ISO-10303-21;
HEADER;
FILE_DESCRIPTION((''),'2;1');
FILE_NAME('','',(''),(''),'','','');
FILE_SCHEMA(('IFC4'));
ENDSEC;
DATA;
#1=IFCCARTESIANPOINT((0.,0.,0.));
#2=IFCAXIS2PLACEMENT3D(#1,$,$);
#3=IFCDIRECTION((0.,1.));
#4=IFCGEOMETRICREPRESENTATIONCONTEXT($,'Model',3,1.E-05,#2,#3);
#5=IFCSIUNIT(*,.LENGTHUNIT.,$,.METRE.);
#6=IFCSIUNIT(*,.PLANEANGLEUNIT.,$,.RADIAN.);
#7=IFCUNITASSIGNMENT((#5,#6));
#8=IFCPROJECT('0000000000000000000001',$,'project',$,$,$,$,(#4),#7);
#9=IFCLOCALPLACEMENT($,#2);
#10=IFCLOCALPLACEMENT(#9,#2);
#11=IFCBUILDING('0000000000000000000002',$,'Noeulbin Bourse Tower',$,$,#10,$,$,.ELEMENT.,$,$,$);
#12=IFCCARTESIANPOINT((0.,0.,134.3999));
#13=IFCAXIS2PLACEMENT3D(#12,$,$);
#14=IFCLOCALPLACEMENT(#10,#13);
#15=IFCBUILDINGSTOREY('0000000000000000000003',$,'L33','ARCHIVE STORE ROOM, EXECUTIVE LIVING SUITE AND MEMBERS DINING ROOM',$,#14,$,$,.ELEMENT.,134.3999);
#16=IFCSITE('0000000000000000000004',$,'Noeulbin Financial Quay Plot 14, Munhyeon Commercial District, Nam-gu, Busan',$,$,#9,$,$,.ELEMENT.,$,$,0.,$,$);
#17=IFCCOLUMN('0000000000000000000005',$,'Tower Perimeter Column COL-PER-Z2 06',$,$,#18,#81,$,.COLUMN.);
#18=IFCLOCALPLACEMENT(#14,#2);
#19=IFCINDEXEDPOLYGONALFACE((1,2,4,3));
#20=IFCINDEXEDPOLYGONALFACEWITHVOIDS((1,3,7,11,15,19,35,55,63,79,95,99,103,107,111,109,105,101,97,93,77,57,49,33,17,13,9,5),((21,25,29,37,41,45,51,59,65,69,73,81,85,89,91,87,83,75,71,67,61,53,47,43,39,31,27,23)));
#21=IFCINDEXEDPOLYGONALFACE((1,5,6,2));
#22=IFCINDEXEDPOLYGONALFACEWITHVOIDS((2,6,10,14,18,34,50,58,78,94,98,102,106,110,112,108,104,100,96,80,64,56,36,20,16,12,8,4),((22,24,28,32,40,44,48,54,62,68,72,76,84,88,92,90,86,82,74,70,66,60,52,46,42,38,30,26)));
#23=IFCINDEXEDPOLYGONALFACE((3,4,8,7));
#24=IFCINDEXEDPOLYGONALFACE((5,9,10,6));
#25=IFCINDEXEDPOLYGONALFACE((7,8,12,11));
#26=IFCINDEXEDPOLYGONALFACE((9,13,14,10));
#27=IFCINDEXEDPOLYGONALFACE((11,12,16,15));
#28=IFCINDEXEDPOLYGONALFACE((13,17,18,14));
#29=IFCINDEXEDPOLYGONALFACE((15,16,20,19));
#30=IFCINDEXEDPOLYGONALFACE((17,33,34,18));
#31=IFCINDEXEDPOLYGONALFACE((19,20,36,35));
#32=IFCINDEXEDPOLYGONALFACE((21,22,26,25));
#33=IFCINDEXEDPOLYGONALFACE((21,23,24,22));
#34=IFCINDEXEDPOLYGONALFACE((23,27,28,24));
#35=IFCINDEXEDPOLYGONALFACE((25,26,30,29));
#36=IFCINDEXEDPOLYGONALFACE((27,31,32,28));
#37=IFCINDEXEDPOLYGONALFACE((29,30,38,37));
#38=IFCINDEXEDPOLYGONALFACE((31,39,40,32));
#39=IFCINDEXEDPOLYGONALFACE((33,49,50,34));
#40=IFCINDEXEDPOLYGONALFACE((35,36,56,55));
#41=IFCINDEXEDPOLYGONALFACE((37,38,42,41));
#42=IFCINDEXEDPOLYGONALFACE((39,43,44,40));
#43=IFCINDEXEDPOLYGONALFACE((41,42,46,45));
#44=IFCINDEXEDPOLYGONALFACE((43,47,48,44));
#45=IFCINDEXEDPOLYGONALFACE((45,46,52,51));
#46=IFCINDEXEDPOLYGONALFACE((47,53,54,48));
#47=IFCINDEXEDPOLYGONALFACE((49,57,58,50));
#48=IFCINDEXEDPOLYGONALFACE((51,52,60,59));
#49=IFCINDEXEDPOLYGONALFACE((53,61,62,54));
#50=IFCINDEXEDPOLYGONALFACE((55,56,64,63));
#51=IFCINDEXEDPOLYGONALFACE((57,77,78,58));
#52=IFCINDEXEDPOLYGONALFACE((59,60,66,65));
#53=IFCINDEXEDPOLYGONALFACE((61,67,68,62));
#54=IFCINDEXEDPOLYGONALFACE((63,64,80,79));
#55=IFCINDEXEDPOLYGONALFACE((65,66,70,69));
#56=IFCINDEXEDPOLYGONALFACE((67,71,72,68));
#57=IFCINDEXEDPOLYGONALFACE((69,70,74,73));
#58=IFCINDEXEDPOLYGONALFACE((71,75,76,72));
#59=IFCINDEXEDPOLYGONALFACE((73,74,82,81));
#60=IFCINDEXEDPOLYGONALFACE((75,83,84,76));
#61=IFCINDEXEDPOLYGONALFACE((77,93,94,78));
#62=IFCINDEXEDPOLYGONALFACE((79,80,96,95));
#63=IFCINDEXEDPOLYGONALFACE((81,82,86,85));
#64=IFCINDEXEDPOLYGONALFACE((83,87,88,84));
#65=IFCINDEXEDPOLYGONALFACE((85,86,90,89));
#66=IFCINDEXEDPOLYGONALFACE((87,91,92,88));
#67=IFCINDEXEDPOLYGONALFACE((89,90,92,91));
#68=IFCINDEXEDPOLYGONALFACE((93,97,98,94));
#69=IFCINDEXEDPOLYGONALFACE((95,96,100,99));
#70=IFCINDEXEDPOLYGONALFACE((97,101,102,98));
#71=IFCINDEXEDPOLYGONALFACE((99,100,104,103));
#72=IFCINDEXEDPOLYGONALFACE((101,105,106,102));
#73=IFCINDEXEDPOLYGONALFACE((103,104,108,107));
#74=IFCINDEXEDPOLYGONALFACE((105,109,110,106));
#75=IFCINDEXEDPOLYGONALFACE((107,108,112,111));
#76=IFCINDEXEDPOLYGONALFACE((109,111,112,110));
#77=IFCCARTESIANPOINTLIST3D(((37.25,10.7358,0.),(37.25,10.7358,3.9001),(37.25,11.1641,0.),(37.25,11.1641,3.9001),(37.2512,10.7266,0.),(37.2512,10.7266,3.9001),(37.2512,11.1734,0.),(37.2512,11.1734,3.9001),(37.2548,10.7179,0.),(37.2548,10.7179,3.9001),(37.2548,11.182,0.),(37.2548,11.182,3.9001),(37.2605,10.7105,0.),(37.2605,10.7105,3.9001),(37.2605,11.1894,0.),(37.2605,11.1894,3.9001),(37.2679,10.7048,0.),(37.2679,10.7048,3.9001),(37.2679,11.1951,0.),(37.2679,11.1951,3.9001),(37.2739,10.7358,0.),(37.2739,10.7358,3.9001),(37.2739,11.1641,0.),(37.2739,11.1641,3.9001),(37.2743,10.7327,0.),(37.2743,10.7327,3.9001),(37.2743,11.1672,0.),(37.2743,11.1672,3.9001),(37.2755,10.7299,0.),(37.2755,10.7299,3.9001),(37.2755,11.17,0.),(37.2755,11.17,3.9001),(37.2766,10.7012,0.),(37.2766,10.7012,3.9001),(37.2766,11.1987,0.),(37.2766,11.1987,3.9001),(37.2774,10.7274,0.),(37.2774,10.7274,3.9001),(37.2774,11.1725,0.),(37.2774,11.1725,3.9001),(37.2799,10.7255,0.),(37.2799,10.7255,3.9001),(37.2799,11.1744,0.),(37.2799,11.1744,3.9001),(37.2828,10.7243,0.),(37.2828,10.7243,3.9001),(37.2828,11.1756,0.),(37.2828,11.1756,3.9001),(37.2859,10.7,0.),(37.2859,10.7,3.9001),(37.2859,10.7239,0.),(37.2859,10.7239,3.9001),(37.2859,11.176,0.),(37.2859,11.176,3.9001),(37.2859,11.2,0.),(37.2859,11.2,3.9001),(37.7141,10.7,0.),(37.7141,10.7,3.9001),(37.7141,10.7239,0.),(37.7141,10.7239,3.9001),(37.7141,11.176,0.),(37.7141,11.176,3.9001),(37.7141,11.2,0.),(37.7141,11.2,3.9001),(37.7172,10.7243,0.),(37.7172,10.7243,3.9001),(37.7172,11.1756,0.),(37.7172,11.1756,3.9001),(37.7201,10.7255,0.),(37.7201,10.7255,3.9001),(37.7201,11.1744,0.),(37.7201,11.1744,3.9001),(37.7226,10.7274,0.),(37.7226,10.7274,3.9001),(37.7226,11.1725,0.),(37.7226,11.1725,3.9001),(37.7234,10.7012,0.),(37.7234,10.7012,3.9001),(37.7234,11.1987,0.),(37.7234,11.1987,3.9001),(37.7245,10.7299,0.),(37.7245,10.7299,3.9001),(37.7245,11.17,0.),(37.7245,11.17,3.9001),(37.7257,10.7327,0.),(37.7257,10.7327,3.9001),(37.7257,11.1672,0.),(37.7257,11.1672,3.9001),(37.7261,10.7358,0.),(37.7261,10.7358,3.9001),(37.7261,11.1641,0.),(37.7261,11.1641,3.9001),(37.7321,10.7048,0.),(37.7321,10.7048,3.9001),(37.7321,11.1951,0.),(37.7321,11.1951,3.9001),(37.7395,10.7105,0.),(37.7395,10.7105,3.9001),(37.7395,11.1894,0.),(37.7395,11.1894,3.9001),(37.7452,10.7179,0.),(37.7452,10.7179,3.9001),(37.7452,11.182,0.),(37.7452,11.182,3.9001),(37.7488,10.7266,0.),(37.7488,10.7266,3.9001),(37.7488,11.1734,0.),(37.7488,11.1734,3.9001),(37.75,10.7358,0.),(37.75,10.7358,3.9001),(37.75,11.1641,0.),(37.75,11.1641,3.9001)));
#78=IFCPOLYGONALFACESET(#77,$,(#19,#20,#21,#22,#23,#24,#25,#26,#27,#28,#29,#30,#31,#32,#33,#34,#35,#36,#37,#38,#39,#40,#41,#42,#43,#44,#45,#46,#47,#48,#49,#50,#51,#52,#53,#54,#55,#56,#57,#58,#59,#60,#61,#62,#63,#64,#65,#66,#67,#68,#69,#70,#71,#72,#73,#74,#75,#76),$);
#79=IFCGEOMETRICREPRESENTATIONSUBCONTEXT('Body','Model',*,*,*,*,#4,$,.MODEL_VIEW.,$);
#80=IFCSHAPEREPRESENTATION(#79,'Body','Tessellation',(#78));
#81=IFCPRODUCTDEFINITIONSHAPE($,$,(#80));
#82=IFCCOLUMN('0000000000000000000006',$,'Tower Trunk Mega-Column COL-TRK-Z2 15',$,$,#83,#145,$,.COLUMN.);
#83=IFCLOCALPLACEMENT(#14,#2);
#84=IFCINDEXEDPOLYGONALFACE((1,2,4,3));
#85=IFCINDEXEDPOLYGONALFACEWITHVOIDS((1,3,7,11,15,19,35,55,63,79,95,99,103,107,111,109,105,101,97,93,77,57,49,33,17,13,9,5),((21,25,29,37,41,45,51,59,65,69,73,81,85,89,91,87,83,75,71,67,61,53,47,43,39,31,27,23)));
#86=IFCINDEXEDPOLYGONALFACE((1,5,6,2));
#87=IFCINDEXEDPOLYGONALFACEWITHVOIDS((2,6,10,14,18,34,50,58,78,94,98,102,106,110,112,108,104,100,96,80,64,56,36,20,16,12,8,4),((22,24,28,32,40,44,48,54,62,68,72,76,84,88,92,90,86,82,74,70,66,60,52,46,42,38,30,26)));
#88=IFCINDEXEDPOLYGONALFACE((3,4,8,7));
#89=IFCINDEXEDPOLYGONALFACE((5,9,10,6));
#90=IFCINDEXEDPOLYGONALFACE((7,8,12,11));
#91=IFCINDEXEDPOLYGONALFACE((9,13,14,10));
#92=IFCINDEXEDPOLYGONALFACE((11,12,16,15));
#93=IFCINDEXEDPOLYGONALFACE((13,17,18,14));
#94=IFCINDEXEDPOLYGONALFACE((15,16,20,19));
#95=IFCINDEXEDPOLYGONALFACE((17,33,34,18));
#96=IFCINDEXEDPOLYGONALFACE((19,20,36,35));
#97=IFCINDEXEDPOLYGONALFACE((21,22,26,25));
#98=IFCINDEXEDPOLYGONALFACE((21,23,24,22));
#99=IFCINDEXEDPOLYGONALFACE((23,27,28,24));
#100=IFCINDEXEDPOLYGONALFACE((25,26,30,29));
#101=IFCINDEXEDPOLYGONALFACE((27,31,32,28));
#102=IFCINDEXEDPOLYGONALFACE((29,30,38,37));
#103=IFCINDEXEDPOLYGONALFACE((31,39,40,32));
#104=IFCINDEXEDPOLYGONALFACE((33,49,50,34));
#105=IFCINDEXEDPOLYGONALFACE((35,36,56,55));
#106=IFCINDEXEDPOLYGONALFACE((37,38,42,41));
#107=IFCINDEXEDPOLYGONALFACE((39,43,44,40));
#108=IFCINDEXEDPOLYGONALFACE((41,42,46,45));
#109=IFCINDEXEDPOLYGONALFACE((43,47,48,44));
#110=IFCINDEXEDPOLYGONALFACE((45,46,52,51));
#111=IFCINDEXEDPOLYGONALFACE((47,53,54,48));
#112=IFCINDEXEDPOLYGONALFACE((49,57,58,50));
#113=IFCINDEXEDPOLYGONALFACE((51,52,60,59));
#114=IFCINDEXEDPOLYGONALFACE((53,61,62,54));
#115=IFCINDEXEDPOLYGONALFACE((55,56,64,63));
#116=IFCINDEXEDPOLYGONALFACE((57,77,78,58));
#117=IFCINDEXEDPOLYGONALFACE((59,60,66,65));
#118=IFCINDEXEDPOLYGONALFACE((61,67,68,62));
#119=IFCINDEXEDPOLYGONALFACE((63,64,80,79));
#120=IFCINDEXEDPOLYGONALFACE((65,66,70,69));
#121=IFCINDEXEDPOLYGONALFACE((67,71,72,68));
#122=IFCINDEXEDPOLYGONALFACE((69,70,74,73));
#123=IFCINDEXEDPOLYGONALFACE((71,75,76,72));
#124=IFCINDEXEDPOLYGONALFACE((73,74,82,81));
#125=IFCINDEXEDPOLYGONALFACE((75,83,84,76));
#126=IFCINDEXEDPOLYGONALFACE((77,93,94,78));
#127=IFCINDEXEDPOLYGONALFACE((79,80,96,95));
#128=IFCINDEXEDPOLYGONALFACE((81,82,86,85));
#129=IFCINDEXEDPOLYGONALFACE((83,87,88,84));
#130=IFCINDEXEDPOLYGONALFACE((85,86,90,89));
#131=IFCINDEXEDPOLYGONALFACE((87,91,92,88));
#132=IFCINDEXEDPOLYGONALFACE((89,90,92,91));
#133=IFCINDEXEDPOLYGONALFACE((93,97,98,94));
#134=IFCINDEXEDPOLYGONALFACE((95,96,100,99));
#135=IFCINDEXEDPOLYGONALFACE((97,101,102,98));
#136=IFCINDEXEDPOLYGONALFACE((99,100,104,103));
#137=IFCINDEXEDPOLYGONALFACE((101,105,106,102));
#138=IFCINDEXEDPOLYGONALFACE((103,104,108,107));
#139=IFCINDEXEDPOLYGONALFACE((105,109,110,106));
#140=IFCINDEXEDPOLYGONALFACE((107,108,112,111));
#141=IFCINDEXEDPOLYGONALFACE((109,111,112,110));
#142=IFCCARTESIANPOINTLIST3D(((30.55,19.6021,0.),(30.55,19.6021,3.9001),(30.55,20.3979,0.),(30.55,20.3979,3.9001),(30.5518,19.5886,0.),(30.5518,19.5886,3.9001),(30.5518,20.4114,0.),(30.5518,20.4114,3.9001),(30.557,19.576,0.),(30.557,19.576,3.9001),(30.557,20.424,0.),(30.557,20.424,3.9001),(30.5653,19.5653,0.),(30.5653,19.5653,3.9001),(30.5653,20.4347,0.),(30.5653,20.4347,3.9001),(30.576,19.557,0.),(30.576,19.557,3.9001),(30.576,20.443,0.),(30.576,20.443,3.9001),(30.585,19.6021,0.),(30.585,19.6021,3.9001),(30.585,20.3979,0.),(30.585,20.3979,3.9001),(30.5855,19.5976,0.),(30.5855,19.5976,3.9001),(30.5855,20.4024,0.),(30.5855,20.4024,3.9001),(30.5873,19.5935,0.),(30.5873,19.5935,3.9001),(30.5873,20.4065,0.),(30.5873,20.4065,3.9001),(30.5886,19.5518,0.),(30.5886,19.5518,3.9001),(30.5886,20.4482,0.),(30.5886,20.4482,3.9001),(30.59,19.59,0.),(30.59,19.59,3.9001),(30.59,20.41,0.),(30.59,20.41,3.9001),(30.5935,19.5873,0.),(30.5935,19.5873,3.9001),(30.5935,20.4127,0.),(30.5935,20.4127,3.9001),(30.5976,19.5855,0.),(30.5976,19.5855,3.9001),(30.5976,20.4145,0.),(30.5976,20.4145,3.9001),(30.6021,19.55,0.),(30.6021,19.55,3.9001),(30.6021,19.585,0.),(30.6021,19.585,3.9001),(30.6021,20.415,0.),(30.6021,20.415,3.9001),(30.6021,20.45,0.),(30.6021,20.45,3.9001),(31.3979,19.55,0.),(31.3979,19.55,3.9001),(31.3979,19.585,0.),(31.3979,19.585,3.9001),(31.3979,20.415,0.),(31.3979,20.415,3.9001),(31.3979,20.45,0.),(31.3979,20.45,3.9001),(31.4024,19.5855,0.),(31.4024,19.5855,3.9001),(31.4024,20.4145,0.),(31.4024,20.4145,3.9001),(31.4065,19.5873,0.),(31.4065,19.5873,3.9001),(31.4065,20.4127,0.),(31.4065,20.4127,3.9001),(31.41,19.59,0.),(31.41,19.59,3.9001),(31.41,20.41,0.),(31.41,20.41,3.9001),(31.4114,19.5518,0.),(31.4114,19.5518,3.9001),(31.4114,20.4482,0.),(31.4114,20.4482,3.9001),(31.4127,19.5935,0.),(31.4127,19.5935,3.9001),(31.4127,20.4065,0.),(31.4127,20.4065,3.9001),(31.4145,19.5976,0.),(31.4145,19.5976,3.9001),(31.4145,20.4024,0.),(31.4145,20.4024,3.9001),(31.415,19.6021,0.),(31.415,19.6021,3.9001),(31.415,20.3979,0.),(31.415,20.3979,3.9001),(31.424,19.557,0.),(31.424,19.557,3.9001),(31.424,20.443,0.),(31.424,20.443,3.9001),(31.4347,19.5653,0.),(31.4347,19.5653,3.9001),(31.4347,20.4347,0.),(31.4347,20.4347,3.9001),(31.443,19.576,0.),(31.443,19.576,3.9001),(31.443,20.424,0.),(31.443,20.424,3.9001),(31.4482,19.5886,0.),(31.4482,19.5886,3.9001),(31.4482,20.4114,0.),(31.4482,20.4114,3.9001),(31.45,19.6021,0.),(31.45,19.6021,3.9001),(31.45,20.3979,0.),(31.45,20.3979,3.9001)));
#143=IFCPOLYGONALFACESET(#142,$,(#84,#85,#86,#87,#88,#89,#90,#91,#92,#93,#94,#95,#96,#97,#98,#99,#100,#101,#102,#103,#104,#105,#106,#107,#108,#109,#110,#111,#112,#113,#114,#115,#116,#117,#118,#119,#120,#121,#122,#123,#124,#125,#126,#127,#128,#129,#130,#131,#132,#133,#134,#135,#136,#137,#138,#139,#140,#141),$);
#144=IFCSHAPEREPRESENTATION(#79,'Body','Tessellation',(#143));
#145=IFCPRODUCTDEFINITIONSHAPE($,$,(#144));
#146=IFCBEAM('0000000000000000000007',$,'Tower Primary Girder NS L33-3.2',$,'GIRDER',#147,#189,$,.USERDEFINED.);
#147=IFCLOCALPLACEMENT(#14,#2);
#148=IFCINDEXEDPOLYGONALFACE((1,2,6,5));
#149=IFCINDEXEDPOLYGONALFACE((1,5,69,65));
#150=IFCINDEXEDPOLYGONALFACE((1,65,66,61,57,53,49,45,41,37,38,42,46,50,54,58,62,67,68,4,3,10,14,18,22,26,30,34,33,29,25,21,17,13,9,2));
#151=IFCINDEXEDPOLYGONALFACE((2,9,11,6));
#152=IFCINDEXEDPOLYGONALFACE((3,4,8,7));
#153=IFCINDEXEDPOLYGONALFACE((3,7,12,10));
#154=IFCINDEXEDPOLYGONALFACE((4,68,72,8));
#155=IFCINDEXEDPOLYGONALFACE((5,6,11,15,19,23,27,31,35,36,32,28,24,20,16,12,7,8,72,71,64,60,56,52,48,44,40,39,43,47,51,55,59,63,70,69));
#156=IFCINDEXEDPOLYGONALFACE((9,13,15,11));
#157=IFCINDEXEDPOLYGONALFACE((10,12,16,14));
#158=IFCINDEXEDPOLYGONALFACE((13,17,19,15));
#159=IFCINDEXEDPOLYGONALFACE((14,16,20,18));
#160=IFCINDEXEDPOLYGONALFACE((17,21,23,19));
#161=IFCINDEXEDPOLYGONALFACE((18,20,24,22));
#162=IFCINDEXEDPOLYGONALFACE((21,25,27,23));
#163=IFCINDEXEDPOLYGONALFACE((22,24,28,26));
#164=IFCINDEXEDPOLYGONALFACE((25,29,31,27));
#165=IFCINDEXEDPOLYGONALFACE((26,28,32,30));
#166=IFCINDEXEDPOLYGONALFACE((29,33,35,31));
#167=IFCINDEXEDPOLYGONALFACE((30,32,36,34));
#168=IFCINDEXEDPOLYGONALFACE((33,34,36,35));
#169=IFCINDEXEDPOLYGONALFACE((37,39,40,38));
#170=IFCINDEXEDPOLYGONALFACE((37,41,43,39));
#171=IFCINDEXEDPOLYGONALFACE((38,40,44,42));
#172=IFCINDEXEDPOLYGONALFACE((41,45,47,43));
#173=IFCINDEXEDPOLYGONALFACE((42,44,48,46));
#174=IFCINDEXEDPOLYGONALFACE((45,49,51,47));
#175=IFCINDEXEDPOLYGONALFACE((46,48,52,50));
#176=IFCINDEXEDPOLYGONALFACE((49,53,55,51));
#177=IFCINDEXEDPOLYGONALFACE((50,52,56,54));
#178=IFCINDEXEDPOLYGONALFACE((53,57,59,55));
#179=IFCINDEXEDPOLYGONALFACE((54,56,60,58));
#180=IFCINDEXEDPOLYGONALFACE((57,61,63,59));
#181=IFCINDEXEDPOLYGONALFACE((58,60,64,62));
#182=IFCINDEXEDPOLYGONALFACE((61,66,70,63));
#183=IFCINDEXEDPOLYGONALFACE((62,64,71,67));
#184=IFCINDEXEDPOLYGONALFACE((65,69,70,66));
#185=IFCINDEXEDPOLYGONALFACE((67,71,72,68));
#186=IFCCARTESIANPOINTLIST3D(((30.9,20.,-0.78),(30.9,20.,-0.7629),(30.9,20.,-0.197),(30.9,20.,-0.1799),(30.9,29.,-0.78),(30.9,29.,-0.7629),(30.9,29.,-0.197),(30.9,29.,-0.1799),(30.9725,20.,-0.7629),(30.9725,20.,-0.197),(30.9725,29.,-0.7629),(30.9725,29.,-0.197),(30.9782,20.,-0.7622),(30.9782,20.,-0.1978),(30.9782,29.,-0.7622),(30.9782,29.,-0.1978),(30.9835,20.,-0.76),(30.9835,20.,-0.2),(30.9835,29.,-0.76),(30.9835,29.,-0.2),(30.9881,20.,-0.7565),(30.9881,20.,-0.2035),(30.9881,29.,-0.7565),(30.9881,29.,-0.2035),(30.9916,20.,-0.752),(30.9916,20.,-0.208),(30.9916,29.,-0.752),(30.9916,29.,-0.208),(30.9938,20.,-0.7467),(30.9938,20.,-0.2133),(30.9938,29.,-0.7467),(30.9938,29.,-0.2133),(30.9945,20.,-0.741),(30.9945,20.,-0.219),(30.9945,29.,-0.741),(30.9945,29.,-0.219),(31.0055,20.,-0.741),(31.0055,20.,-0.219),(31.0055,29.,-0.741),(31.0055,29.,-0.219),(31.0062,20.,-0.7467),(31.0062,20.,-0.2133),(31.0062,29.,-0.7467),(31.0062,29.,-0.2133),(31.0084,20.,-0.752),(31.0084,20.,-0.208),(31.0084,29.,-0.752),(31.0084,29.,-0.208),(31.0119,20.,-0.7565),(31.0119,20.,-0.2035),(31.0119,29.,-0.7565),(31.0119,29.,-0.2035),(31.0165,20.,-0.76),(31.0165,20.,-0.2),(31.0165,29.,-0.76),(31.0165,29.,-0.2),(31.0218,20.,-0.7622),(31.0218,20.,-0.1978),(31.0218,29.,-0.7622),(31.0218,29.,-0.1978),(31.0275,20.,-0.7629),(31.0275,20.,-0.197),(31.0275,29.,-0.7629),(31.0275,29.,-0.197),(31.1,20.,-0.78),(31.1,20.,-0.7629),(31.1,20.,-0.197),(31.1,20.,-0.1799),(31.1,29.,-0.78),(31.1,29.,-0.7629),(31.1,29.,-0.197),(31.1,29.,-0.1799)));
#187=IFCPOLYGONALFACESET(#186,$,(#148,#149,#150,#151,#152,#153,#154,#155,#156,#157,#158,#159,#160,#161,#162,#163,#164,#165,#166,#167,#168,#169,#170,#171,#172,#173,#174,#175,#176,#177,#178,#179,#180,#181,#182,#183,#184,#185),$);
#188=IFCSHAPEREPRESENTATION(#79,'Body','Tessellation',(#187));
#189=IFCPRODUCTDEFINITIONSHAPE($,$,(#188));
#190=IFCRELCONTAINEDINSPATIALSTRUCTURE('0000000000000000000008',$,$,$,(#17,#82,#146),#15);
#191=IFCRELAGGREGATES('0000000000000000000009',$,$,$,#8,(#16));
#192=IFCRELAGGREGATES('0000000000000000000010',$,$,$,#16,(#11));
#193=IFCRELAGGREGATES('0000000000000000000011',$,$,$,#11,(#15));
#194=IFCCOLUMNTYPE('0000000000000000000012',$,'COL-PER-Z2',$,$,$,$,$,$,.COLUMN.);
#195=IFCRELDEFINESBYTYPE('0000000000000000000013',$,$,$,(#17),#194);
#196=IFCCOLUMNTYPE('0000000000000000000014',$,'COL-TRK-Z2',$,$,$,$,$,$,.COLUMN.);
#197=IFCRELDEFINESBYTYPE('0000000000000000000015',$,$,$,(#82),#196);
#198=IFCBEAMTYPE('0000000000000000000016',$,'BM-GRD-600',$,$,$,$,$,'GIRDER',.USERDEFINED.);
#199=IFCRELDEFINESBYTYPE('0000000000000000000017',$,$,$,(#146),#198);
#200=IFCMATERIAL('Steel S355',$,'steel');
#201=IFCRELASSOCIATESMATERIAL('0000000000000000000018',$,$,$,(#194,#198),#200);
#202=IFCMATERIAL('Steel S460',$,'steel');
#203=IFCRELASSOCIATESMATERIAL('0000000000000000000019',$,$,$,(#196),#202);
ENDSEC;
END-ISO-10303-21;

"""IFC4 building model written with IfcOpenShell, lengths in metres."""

from ifc_helpers import new_model, si_unit, direction, frame, origin, origin_2d, place, context, subcontext, project, spatial, hollow_rectangle, i_section, extrude, material, material_profile, profile_set, type_object, element, save


model = new_model("IFC4")

# Units and contexts
model_context = context("Model", 3, precision=1e-05, world=origin(), true_north=direction((0.0, 1.0)))
body_context = subcontext(model_context, "Body", "Model", "MODEL_VIEW")
ifc_project = project(units=[si_unit("LENGTHUNIT", "METRE"), si_unit("PLANEANGLEUNIT", "RADIAN")], contexts=[model_context])

# Site, building, storey
site_placement = place(None, origin())
site = spatial("IfcSite", under=ifc_project, at=site_placement, Name="Noeulbin Financial Quay Plot 14, Munhyeon Commercial District, Nam-gu, Busan", CompositionType="ELEMENT", RefElevation=0.0)
building_placement = place(site_placement, origin())
building = spatial("IfcBuilding", under=site, at=building_placement, Name="Noeulbin Bourse Tower", CompositionType="ELEMENT")
storey_placement = place(building_placement, frame((0.0, 0.0, 134.3999)))
storey = spatial("IfcBuildingStorey", under=building, at=storey_placement, Name="L33", Description="ARCHIVE STORE ROOM, EXECUTIVE LIVING SUITE AND MEMBERS DINING ROOM", CompositionType="ELEMENT", Elevation=134.3999)

# Columns
ifc_material_1 = material(Name="Steel S355", Category="steel")
ifc_material_profile_1 = material_profile(ifc_material_1, hollow_rectangle(XDim=0.5, YDim=0.5, WallThickness=0.0239, InnerFilletRadius=0.012, OuterFilletRadius=0.0359, at=origin_2d()), Name="BOX-500x500x24", Category="LoadBearing")
ifc_profile_set_1 = profile_set([ifc_material_profile_1], Name="Steel S355")
column_type_1 = type_object("IfcColumnType", Name="COL-PER-Z2", PredefinedType="COLUMN", material=ifc_profile_set_1)
column_1_placement = place(storey_placement, frame((37.5, 10.95, 0.0), z_axis=(0.0, 0.0, 1.0), x_axis=(1.0, 0.0, 0.0)))
element("IfcColumn", 1, at=column_1_placement, inside=storey, type_object=column_type_1, Name="Tower Perimeter Column COL-PER-Z2 06", PredefinedType="COLUMN", context=body_context, shape_type="SweptSolid", body=[
    extrude(hollow_rectangle(XDim=0.5, YDim=0.5, WallThickness=0.0239, InnerFilletRadius=0.012, OuterFilletRadius=0.0359, at=origin_2d()), origin(), (0.0, 0.0, 1.0), 3.9001),
])
ifc_material_2 = material(Name="Steel S460", Category="steel")
ifc_material_profile_2 = material_profile(ifc_material_2, hollow_rectangle(XDim=0.8999, YDim=0.8999, WallThickness=0.0349, InnerFilletRadius=0.0171, OuterFilletRadius=0.052, at=origin_2d()), Name="BOX-900x900x35", Category="LoadBearing")
ifc_profile_set_2 = profile_set([ifc_material_profile_2], Name="Steel S460")
column_type_2 = type_object("IfcColumnType", Name="COL-TRK-Z2", PredefinedType="COLUMN", material=ifc_profile_set_2)
column_2_placement = place(storey_placement, frame((31.0, 20.0, 0.0), z_axis=(0.0, 0.0, 1.0), x_axis=(1.0, 0.0, 0.0)))
element("IfcColumn", 2, at=column_2_placement, inside=storey, type_object=column_type_2, Name="Tower Trunk Mega-Column COL-TRK-Z2 15", PredefinedType="COLUMN", context=body_context, shape_type="SweptSolid", body=[
    extrude(hollow_rectangle(XDim=0.8999, YDim=0.8999, WallThickness=0.0349, InnerFilletRadius=0.0171, OuterFilletRadius=0.052, at=origin_2d()), origin(), (0.0, 0.0, 1.0), 3.9001),
])

# Beam
ifc_material_profile_3 = material_profile(ifc_material_1, i_section(OverallWidth=0.2, OverallDepth=0.6001, WebThickness=0.011, FlangeThickness=0.0171, FilletRadius=0.022, at=origin_2d()), Name="H-600x200x11x17", Category="LoadBearing")
ifc_profile_set_3 = profile_set([ifc_material_profile_3], Name="Steel S355")
beam_type_1 = type_object("IfcBeamType", Name="BM-GRD-600", ElementType="GIRDER", PredefinedType="USERDEFINED", material=ifc_profile_set_3)
beam_1_placement = place(storey_placement, frame((31.0, 20.0, -0.48), z_axis=(0.0, 1.0, 0.0), x_axis=(-1.0, 0.0, 0.0)))
element("IfcBeam", 3, at=beam_1_placement, inside=storey, type_object=beam_type_1, Name="Tower Primary Girder NS L33-3.2", ObjectType="GIRDER", PredefinedType="USERDEFINED", context=body_context, shape_type="SweptSolid", body=[
    extrude(i_section(OverallWidth=0.2, OverallDepth=0.6001, WebThickness=0.011, FlangeThickness=0.0171, FilletRadius=0.022, at=origin_2d()), origin(), (0.0, 0.0, 1.0), 9.0),
])

save(model, "model.ifc")
